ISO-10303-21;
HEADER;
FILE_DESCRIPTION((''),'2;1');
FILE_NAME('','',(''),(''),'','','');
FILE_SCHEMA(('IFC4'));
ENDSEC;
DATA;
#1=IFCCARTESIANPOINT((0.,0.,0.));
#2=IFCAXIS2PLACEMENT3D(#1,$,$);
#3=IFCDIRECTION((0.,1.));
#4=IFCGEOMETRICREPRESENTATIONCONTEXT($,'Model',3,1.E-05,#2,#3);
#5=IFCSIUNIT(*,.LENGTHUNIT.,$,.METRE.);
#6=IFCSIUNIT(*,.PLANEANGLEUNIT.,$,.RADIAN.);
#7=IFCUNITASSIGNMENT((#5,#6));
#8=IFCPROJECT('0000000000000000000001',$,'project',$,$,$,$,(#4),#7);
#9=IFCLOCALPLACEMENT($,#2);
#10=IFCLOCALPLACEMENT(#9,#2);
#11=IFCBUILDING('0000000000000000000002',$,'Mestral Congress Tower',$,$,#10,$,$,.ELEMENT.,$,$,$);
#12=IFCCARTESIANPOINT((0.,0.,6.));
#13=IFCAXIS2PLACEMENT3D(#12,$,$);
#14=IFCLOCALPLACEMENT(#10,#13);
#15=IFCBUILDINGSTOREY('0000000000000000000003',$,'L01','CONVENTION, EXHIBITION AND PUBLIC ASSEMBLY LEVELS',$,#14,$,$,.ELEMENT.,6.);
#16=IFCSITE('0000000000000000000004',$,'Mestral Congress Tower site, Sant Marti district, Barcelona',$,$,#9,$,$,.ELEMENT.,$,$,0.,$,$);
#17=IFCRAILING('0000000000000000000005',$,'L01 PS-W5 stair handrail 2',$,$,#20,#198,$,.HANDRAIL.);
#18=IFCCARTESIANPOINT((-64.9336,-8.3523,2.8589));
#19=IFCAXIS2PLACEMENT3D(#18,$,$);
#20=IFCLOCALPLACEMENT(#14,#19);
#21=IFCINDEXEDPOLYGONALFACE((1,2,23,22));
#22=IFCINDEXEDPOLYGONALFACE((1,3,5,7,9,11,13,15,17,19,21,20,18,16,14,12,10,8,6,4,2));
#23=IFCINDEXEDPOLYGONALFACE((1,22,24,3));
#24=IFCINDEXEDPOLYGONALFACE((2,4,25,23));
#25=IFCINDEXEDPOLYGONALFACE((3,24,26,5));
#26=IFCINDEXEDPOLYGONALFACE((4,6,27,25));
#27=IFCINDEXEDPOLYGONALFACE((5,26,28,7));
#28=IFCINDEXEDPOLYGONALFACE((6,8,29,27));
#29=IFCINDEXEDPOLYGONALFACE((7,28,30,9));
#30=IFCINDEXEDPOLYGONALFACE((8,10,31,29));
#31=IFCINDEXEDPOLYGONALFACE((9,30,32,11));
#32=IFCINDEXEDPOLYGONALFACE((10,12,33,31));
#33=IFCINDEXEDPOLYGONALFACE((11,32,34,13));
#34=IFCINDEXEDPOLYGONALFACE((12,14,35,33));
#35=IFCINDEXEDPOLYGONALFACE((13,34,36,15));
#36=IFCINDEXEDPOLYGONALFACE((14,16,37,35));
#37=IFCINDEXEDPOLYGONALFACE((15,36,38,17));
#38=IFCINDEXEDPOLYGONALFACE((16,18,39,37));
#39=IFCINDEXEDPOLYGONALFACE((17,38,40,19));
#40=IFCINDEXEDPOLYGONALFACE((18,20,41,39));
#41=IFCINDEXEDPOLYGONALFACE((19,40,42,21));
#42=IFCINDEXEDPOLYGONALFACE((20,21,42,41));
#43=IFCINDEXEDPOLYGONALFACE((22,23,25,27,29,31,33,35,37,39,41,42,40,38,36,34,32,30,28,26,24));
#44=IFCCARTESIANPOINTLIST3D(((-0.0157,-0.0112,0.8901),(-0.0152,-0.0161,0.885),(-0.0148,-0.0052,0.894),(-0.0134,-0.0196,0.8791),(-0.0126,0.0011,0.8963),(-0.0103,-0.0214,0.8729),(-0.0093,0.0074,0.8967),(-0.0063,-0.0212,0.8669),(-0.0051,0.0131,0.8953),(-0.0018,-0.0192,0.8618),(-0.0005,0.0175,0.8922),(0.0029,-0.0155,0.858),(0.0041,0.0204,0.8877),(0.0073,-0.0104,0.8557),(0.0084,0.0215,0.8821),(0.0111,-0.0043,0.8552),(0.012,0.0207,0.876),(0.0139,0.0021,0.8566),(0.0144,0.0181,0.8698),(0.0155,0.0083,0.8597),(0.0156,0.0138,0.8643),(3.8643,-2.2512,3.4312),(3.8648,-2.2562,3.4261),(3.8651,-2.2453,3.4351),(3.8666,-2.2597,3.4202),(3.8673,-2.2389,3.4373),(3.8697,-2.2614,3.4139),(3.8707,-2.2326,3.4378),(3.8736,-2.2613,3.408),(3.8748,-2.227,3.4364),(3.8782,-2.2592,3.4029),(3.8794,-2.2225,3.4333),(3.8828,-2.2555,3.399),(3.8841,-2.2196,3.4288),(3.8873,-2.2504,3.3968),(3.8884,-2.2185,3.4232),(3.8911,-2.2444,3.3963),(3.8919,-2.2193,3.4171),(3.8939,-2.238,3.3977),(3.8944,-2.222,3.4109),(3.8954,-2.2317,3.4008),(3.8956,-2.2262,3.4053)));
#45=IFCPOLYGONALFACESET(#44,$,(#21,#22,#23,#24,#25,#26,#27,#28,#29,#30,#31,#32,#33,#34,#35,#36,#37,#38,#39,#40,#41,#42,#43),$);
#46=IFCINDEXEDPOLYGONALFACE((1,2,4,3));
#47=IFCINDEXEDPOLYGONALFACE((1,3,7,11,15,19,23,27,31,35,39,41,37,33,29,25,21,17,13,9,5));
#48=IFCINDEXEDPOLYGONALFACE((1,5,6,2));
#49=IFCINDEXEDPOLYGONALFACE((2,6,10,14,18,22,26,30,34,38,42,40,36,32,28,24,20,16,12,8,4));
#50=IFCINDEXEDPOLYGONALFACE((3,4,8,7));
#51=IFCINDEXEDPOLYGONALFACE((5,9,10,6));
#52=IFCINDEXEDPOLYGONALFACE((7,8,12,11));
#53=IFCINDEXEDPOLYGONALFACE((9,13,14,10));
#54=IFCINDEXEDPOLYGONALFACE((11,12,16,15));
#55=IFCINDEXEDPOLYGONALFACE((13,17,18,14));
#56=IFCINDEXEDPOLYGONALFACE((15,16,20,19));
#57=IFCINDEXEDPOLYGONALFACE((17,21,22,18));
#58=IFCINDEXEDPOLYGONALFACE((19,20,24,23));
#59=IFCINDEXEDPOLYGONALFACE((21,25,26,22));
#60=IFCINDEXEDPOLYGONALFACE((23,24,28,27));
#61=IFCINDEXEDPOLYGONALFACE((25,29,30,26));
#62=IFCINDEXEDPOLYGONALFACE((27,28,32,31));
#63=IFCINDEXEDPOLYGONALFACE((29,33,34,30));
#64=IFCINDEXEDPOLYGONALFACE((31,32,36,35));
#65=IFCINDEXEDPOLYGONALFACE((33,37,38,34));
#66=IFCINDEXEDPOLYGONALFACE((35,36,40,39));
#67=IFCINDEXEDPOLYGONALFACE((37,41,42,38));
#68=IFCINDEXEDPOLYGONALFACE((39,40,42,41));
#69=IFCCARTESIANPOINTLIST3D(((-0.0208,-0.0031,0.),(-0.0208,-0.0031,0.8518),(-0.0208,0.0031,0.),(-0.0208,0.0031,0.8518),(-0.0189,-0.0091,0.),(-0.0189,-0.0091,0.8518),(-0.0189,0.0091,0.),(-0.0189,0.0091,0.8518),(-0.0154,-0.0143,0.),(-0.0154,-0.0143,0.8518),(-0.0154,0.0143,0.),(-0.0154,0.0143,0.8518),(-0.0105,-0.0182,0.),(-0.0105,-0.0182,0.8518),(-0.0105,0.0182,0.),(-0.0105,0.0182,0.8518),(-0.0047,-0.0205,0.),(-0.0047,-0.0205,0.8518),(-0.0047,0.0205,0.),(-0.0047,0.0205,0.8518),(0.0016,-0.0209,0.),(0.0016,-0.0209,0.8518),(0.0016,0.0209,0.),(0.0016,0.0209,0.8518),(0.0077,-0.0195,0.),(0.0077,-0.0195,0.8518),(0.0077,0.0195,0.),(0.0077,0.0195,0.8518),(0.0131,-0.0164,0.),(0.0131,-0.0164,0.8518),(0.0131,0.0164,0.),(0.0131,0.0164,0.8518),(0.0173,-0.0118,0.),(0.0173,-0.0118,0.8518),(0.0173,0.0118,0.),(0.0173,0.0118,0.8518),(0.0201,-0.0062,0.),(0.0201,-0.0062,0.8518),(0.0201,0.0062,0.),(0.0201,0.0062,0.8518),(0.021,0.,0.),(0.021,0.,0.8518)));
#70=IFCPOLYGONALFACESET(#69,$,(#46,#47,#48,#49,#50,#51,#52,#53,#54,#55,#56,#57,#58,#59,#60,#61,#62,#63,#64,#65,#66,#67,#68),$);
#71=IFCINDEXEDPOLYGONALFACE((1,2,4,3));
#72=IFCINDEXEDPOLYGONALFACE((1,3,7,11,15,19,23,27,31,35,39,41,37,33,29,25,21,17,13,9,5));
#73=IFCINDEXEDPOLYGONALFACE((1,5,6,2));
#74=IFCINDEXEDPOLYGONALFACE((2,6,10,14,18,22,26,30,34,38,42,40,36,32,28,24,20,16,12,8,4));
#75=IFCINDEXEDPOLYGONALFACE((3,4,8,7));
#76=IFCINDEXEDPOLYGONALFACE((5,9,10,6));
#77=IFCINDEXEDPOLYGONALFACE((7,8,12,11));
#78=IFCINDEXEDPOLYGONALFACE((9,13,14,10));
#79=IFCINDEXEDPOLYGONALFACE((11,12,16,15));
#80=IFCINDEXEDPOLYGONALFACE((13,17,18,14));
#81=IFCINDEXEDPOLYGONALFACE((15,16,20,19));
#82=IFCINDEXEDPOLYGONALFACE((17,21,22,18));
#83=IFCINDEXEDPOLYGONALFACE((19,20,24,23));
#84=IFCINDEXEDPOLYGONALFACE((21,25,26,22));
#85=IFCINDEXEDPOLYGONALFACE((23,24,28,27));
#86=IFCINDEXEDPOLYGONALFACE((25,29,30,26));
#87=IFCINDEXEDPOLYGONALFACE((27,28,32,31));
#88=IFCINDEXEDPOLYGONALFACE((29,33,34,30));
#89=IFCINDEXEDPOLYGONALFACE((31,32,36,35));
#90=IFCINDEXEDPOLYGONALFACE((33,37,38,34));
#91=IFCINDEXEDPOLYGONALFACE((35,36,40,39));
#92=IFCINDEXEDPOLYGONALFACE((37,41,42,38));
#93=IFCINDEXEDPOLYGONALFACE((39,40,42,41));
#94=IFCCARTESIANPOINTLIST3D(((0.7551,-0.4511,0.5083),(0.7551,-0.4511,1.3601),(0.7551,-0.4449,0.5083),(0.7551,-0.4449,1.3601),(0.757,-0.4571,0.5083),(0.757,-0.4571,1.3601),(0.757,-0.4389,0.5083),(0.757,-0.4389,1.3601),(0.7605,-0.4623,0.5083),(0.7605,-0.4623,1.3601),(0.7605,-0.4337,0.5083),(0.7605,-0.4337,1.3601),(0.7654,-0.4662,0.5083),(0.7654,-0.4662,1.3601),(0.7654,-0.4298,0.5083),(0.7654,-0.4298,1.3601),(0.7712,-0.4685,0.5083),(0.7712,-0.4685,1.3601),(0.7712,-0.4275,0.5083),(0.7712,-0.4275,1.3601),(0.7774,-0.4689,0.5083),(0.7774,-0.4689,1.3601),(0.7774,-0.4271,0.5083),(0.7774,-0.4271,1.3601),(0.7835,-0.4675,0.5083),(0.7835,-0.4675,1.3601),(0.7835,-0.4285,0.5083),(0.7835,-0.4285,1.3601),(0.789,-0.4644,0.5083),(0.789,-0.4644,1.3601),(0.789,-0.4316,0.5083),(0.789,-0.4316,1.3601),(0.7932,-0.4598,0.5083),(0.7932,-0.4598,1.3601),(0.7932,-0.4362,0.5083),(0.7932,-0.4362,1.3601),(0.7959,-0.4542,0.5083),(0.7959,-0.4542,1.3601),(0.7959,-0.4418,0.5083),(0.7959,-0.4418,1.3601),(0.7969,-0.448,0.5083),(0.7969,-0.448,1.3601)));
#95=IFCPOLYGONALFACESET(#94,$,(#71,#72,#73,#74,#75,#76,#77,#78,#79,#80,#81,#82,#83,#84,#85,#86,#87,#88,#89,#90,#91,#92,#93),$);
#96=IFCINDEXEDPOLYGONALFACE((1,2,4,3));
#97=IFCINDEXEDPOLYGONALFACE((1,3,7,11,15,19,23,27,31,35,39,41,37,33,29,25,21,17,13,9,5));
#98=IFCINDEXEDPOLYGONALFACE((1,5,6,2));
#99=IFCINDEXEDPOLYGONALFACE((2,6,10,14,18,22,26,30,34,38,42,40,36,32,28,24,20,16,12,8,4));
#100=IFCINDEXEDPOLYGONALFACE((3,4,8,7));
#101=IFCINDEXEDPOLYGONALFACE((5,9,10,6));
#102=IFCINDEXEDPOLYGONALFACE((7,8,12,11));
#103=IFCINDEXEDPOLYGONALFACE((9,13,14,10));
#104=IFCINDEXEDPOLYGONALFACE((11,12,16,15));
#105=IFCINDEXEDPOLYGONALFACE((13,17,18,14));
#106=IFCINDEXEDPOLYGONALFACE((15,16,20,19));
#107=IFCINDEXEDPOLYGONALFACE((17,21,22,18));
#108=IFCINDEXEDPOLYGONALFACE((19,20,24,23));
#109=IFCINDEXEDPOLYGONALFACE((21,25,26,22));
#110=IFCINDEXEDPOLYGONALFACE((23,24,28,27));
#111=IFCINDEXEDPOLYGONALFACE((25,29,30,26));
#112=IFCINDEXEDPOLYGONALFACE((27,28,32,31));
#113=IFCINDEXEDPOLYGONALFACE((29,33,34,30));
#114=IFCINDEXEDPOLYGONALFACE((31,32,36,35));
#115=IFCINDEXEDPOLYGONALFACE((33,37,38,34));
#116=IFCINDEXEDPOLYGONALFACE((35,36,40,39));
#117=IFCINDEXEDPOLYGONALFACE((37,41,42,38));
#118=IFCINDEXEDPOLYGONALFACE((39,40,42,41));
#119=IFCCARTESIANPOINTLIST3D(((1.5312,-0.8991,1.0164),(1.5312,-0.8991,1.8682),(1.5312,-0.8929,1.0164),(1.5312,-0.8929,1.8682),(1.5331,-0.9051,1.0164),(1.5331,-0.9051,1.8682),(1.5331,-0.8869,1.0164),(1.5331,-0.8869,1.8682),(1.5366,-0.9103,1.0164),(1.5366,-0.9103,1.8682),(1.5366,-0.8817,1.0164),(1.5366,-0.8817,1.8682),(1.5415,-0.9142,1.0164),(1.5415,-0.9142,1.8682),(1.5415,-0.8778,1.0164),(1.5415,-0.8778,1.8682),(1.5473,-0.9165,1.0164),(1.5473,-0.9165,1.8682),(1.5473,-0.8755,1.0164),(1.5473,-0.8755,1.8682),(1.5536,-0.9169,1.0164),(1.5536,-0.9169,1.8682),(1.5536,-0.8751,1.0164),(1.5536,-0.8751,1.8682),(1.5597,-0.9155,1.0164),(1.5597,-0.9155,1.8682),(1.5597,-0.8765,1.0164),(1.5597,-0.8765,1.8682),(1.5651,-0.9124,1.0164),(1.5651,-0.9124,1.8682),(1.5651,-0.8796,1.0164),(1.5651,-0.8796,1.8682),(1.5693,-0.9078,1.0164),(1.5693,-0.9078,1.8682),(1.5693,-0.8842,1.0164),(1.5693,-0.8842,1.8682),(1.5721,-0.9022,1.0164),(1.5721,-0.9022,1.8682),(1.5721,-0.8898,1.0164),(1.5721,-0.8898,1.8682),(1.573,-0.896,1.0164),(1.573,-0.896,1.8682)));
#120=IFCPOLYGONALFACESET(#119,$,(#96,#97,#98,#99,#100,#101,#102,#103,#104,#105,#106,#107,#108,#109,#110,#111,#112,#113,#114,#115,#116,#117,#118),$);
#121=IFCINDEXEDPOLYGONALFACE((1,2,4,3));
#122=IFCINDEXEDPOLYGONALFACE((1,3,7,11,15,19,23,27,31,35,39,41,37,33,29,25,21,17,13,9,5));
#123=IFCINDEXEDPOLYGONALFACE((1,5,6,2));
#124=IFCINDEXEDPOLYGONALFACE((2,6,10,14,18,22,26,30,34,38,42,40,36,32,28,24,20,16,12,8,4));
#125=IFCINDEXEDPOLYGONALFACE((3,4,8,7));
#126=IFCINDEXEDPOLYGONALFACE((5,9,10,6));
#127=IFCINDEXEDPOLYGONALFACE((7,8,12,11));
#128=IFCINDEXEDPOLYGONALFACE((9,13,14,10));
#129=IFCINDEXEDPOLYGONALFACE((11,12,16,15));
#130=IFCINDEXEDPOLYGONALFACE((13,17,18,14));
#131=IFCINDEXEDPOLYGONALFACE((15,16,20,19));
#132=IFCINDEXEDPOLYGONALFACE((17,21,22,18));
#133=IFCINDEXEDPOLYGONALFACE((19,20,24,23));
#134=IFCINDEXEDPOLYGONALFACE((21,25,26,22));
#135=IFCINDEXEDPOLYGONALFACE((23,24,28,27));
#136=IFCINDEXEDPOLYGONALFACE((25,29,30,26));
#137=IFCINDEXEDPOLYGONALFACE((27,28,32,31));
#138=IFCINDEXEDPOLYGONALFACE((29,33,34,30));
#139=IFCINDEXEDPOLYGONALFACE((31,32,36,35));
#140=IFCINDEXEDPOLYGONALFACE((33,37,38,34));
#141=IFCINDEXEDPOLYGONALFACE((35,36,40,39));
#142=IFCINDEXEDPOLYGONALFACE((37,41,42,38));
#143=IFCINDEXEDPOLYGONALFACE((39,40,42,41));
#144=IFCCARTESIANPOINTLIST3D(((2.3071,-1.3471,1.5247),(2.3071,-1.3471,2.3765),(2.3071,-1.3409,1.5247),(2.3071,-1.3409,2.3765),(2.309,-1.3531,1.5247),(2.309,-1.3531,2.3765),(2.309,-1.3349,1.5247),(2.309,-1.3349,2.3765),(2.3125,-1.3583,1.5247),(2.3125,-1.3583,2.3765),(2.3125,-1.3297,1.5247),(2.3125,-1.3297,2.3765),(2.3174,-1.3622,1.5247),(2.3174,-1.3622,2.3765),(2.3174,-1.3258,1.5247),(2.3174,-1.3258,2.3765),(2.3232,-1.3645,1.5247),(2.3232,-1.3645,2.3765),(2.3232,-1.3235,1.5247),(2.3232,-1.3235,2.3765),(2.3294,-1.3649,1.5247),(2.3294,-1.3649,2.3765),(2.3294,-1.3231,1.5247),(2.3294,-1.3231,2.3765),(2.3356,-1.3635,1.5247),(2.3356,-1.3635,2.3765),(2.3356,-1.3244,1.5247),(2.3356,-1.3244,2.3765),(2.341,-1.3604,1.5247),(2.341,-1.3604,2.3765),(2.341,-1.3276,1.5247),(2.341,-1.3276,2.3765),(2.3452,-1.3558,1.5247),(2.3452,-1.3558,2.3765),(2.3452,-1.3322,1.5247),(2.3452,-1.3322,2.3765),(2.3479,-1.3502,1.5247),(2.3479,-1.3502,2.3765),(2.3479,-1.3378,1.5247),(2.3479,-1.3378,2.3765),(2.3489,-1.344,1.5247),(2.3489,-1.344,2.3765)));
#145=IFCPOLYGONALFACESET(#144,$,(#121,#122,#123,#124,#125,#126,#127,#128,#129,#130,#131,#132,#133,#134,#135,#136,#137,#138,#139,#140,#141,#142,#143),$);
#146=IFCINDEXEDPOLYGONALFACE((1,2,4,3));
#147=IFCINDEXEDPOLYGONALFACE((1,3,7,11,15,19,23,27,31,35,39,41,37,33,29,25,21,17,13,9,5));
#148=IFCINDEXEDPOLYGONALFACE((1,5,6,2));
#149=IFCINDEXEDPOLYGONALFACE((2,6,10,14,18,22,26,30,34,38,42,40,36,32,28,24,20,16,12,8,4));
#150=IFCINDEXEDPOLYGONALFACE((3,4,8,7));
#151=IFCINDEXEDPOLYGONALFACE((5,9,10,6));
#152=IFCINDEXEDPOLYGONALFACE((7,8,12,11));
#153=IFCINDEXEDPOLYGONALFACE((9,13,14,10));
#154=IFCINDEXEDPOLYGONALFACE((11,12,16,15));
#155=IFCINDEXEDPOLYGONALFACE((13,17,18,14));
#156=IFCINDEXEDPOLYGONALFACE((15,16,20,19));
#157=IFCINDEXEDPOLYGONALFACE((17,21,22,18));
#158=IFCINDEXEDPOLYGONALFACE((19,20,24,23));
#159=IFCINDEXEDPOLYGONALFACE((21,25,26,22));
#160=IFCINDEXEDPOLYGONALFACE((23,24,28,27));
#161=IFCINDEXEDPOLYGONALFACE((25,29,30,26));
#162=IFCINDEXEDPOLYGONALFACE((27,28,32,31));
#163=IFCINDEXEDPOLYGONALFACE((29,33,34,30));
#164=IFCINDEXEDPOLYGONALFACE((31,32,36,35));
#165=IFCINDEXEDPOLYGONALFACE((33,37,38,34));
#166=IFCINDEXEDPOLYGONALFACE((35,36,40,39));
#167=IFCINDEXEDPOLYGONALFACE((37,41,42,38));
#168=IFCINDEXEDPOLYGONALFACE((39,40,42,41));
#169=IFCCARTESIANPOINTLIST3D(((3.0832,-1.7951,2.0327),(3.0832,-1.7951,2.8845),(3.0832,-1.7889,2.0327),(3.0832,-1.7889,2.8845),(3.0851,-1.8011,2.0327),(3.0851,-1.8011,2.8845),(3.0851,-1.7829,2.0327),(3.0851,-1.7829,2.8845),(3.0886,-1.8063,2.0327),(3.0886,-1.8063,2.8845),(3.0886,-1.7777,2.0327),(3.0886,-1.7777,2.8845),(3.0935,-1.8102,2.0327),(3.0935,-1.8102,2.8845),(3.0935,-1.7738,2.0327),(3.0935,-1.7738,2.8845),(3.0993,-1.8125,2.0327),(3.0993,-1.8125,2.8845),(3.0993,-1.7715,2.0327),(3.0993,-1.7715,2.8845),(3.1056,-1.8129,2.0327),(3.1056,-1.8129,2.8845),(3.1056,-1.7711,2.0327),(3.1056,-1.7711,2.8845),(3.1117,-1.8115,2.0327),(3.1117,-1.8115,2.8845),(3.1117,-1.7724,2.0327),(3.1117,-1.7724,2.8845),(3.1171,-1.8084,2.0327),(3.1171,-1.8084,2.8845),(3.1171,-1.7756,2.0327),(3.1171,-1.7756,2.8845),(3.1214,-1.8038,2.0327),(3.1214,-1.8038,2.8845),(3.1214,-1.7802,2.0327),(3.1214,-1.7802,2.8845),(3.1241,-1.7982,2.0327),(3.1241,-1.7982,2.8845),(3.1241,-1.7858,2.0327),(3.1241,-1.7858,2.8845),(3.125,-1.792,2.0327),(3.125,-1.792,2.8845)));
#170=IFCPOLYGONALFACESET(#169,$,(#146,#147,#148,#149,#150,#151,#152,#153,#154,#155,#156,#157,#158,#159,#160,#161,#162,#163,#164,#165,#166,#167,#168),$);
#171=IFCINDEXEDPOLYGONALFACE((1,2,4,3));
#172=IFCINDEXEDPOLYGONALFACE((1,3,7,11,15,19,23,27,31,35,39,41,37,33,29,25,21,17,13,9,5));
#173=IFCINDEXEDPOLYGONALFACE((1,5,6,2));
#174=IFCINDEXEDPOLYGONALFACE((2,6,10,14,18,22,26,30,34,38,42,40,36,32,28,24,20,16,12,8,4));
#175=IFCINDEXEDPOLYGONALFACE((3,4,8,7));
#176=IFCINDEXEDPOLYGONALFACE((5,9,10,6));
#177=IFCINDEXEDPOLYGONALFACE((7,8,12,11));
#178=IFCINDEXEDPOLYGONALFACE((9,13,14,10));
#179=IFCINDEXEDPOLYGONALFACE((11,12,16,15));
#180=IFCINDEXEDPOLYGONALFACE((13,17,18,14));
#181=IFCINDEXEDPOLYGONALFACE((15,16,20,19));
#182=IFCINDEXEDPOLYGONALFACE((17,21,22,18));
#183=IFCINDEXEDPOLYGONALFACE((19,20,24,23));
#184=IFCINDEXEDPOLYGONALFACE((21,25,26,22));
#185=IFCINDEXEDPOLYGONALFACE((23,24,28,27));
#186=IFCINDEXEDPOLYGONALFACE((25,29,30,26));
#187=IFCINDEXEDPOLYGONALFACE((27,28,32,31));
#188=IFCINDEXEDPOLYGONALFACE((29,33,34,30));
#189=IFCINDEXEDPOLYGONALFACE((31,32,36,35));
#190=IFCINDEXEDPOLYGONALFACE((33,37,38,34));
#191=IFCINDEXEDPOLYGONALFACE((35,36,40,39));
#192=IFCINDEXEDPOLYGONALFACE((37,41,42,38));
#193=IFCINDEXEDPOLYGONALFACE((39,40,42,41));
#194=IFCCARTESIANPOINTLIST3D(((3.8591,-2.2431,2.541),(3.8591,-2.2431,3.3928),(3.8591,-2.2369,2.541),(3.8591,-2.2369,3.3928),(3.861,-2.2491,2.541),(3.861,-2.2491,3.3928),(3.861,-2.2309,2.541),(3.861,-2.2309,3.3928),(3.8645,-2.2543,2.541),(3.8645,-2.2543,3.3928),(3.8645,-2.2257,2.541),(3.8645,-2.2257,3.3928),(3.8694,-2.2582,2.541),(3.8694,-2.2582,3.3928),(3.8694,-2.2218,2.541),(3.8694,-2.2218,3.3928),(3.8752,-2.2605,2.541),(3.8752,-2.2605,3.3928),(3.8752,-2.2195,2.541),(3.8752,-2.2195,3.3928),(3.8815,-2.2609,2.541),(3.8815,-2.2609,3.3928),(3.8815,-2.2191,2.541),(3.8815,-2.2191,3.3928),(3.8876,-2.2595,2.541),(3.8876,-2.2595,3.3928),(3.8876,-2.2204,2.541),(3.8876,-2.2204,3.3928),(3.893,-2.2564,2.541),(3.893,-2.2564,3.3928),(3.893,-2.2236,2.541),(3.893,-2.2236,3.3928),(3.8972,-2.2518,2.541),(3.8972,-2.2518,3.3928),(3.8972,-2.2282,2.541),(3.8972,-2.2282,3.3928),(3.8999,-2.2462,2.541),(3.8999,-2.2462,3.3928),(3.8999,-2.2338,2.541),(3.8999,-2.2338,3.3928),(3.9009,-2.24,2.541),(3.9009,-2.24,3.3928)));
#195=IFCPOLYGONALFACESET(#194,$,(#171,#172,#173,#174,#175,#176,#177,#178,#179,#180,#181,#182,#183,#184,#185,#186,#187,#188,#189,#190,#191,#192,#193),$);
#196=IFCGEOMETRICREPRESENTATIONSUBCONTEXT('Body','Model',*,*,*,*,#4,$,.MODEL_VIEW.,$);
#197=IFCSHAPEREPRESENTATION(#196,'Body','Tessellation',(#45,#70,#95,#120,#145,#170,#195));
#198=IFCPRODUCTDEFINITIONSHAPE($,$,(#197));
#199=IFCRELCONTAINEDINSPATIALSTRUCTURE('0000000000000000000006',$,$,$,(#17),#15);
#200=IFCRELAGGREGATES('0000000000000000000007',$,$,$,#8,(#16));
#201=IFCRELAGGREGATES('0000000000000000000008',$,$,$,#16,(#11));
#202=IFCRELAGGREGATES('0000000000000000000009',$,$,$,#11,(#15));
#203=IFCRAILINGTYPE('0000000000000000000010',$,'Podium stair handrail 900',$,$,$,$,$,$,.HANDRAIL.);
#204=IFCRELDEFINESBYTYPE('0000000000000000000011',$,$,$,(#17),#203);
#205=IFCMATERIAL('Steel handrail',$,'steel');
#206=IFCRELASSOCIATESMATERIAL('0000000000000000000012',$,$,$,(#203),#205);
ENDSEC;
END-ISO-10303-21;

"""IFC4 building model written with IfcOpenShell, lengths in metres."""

from ifc_helpers import new_model, si_unit, direction, frame, origin, origin_2d, place, context, subcontext, project, spatial, circle, extrude, material, type_object, element, save


model = new_model("IFC4")

# Units and contexts
model_context = context("Model", 3, precision=1e-05, world=origin(), true_north=direction((0.0, 1.0)))
body_context = subcontext(model_context, "Body", "Model", "MODEL_VIEW")
ifc_project = project(units=[si_unit("LENGTHUNIT", "METRE"), si_unit("PLANEANGLEUNIT", "RADIAN")], contexts=[model_context])

# Site, building, storey
site_placement = place(None, origin())
site = spatial("IfcSite", under=ifc_project, at=site_placement, Name="Mestral Congress Tower site, Sant Marti district, Barcelona", CompositionType="ELEMENT", RefElevation=0.0)
building_placement = place(site_placement, origin())
building = spatial("IfcBuilding", under=site, at=building_placement, Name="Mestral Congress Tower", CompositionType="ELEMENT")
storey_placement = place(building_placement, frame((0.0, 0.0, 6.0)))
storey = spatial("IfcBuildingStorey", under=building, at=storey_placement, Name="L01", Description="CONVENTION, EXHIBITION AND PUBLIC ASSEMBLY LEVELS", CompositionType="ELEMENT", Elevation=6.0)

# Railing
ifc_material_1 = material(Name="Steel handrail", Category="steel")
railing_type_1 = type_object("IfcRailingType", Name="Podium stair handrail 900", PredefinedType="HANDRAIL", material=ifc_material_1)
railing_1_placement = place(storey_placement, frame((-64.9336, -8.3523, 2.8589)))
element("IfcRailing", 1, at=railing_1_placement, inside=storey, type_object=railing_type_1, Name="L01 PS-W5 stair handrail 2", PredefinedType="HANDRAIL", context=body_context, shape_type="SweptSolid", body=[
    extrude(circle(Radius=0.0239, at=origin_2d()), frame((0.0, 0.0, 0.876), z_axis=(0.7533, -0.434906, 0.493352), x_axis=(0.49999, 0.866031, 0.0)), (0.0, 0.0, 1.0), 5.1506),
    extrude(circle(Radius=0.021, at=origin_2d()), origin(), (0.0, 0.0, 1.0), 0.8518),
    extrude(circle(Radius=0.021, at=origin_2d()), frame((0.7759, -0.448, 0.5083)), (0.0, 0.0, 1.0), 0.8518),
    extrude(circle(Radius=0.021, at=origin_2d()), frame((1.552, -0.896, 1.0164)), (0.0, 0.0, 1.0), 0.8518),
    extrude(circle(Radius=0.021, at=origin_2d()), frame((2.3279, -1.344, 1.5247)), (0.0, 0.0, 1.0), 0.8518),
    extrude(circle(Radius=0.021, at=origin_2d()), frame((3.104, -1.792, 2.0327)), (0.0, 0.0, 1.0), 0.8518),
    extrude(circle(Radius=0.021, at=origin_2d()), frame((3.8799, -2.24, 2.541)), (0.0, 0.0, 1.0), 0.8518),
])

save(model, "model.ifc")
